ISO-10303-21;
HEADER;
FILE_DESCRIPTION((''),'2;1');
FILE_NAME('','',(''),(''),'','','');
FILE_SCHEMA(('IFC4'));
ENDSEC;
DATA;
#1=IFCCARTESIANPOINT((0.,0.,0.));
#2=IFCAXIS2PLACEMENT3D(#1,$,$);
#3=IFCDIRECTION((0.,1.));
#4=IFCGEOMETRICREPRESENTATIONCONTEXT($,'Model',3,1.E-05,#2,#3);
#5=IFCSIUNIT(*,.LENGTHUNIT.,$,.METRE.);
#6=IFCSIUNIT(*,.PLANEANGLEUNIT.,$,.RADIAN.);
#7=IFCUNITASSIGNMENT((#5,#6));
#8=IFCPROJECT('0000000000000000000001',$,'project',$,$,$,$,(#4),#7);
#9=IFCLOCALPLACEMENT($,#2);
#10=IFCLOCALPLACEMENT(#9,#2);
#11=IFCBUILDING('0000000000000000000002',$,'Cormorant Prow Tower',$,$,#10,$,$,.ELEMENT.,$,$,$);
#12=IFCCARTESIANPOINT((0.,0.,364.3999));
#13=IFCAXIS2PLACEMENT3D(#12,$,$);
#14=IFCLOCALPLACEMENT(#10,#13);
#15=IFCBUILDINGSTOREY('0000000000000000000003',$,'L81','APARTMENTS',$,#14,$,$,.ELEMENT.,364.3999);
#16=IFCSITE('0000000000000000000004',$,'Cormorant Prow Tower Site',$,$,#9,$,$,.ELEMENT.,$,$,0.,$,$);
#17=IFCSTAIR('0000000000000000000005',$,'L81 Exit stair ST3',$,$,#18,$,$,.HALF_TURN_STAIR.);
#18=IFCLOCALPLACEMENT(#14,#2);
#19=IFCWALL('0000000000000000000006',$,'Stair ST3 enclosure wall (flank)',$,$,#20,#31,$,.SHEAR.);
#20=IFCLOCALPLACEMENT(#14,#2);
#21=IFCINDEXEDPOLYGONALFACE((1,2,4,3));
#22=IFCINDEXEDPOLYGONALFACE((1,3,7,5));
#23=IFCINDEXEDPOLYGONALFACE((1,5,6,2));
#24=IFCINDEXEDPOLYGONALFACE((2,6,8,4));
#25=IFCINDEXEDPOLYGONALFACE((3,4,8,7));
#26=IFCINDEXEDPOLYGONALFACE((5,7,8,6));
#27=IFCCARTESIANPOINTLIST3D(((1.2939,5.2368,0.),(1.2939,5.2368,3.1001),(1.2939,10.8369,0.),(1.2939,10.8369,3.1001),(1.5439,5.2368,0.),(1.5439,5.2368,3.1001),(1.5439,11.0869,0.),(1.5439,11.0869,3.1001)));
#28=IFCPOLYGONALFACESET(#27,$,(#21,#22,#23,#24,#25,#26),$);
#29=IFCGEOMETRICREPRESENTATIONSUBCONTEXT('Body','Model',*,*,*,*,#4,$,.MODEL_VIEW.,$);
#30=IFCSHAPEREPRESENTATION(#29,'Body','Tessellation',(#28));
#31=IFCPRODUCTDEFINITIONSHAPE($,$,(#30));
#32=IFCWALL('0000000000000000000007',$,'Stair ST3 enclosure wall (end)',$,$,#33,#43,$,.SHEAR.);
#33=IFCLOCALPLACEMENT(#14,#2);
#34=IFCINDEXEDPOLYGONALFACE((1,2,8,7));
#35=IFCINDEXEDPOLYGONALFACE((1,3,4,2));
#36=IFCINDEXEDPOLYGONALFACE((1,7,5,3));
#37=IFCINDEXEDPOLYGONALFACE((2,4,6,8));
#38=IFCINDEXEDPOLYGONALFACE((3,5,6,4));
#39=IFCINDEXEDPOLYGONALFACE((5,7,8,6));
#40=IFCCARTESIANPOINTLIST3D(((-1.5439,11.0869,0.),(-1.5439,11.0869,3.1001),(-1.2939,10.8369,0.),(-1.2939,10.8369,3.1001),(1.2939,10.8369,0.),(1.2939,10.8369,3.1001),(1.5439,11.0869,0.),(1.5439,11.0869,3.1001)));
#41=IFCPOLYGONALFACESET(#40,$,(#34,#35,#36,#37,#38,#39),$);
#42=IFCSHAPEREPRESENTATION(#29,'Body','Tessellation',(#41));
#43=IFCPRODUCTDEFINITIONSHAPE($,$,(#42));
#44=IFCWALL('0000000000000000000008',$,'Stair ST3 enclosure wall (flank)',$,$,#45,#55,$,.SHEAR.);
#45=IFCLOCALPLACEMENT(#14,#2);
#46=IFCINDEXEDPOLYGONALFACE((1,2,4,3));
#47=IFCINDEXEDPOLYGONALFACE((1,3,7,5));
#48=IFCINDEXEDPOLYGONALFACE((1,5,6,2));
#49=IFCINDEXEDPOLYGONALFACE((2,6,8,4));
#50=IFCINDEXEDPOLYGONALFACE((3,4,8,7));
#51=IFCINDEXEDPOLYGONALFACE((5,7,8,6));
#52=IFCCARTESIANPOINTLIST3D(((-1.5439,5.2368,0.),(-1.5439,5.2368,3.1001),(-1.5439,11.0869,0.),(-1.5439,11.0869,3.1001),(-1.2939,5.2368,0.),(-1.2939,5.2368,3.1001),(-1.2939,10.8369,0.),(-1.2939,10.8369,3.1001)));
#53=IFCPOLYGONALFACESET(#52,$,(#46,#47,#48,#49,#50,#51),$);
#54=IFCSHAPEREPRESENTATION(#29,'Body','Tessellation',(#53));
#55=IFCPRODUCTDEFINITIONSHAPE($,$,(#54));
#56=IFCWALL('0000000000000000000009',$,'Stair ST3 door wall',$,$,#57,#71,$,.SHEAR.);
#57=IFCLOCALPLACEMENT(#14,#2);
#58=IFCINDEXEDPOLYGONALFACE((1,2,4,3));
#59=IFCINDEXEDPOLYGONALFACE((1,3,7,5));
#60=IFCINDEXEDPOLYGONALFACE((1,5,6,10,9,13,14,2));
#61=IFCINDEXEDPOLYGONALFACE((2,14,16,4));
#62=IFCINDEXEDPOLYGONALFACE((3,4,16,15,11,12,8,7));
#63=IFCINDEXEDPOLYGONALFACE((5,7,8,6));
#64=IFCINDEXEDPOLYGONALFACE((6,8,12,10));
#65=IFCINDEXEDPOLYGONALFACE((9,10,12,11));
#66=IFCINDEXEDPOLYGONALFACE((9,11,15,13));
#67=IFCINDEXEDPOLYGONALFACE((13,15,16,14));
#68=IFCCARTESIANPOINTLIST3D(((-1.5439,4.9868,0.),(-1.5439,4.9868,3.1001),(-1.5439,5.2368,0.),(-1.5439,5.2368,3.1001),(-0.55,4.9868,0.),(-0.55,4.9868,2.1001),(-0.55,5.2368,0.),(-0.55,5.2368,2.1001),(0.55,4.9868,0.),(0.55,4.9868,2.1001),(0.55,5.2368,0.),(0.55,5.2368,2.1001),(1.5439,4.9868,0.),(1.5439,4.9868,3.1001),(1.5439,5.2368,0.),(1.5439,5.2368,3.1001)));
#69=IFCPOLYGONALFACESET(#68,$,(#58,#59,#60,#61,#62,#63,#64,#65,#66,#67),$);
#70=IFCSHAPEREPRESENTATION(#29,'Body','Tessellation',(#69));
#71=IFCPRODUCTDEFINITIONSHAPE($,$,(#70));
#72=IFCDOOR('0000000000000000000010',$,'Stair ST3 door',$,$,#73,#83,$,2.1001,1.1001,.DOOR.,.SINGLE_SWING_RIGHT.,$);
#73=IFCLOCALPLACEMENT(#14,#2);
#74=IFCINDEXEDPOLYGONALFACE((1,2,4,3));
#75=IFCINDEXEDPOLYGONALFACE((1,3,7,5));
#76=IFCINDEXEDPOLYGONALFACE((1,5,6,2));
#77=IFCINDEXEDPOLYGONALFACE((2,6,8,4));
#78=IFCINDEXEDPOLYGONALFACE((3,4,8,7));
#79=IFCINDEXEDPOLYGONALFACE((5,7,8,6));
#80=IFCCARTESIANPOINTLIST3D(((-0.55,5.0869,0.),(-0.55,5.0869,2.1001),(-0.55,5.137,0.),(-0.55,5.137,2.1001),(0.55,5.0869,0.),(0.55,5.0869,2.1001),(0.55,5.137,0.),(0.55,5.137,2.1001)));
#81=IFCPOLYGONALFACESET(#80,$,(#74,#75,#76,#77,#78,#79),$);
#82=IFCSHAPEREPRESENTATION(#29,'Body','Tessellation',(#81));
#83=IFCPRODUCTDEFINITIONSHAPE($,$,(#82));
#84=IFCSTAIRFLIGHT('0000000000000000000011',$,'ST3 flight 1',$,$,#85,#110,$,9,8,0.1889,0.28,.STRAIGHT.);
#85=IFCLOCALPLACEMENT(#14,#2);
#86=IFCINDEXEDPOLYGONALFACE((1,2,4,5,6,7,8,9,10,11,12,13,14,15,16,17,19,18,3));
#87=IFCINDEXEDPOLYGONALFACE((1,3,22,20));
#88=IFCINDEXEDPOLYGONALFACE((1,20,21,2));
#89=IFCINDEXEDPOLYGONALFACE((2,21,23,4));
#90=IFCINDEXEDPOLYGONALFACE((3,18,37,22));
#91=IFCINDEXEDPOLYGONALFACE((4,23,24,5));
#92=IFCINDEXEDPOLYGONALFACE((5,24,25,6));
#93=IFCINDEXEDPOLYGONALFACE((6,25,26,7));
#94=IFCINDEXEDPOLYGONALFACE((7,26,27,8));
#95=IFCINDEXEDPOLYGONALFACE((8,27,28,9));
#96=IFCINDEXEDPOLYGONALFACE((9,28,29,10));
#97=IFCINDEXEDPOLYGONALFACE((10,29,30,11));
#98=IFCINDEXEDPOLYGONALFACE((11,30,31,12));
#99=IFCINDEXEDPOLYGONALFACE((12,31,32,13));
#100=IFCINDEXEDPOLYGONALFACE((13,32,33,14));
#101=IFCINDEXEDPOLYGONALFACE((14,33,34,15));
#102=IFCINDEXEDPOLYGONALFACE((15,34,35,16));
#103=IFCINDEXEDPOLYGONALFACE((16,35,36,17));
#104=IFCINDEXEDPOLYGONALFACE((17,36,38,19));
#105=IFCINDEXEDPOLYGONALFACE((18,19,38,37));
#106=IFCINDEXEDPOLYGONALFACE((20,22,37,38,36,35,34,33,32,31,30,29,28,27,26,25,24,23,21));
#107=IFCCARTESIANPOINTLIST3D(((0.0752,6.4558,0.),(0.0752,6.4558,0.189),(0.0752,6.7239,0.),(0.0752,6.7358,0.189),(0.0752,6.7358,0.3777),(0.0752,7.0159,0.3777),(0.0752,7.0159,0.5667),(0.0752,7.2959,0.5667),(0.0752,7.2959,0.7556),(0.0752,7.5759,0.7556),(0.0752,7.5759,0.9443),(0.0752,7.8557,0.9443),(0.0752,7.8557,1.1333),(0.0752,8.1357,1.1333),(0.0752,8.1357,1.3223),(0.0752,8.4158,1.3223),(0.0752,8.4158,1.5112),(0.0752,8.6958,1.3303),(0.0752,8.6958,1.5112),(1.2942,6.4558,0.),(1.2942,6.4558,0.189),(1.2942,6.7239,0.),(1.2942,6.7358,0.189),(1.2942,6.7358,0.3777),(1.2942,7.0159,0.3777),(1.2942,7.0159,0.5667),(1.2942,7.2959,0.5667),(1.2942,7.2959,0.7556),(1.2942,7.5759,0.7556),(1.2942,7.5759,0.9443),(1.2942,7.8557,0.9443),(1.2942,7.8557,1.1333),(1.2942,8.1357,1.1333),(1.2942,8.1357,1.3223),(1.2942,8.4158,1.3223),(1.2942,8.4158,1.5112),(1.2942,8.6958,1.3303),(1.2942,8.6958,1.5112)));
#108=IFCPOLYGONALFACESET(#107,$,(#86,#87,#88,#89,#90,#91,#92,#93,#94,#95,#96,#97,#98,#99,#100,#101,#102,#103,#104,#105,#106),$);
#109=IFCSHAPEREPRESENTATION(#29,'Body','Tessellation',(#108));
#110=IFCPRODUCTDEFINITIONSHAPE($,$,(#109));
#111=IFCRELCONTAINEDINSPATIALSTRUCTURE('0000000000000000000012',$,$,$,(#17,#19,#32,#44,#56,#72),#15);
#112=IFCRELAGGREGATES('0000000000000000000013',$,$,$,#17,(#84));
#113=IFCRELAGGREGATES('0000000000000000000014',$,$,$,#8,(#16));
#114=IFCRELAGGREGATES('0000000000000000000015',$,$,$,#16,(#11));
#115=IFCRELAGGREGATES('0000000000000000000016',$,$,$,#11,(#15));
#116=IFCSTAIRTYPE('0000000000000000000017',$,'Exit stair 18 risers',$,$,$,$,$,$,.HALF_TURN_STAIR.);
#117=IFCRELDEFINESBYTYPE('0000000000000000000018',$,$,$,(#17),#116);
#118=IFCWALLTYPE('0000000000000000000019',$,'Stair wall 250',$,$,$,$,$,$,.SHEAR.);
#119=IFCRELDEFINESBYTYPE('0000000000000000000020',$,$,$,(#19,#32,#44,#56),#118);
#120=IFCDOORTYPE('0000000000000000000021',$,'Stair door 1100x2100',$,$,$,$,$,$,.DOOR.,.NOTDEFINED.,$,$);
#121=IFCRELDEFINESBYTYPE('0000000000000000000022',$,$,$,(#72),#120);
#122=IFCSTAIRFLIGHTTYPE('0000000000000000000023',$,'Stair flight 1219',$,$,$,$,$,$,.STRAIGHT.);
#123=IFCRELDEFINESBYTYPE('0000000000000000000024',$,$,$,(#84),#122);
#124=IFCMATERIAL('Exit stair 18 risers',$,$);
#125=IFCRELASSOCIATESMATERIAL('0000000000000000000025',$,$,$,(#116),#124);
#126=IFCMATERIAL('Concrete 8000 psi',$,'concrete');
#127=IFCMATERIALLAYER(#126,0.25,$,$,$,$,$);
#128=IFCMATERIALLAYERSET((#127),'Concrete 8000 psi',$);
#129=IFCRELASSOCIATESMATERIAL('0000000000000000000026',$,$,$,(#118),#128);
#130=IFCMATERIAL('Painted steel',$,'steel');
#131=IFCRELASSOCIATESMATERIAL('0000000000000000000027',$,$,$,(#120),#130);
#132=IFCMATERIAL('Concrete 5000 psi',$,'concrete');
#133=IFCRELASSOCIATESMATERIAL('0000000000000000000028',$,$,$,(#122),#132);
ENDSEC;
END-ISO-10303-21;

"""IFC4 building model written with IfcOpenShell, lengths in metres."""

from ifc_helpers import new_model, si_unit, direction, frame, frame_2d, origin, place, context, subcontext, project, spatial, polyline, rectangle, outline, extrude, material, layer, layer_set, type_object, element, fill, aggregate, save


model = new_model("IFC4")

# Units and contexts
model_context = context("Model", 3, precision=1e-05, world=origin(), true_north=direction((0.0, 1.0)))
body_context = subcontext(model_context, "Body", "Model", "MODEL_VIEW")
ifc_project = project(units=[si_unit("LENGTHUNIT", "METRE"), si_unit("PLANEANGLEUNIT", "RADIAN")], contexts=[model_context])

# Site, building, storey
site_placement = place(None, origin())
site = spatial("IfcSite", under=ifc_project, at=site_placement, Name="Cormorant Prow Tower Site", CompositionType="ELEMENT", RefElevation=0.0)
building_placement = place(site_placement, origin())
building = spatial("IfcBuilding", under=site, at=building_placement, Name="Cormorant Prow Tower", CompositionType="ELEMENT")
storey_placement = place(building_placement, frame((0.0, 0.0, 364.3999)))
storey = spatial("IfcBuildingStorey", under=building, at=storey_placement, Name="L81", Description="APARTMENTS", CompositionType="ELEMENT", Elevation=364.3999)

# Stair
ifc_material_1 = material(Name="Exit stair 18 risers")
stair_type = type_object("IfcStairType", Name="Exit stair 18 risers", PredefinedType="HALF_TURN_STAIR", material=ifc_material_1)
stair_1_placement = place(storey_placement, origin())
stair_1 = element("IfcStair", 1, at=stair_1_placement, inside=storey, type_object=stair_type, Name="L81 Exit stair ST3", PredefinedType="HALF_TURN_STAIR")

# Walls
ifc_material_2 = material(Name="Concrete 8000 psi", Category="concrete")
ifc_layer_1 = layer(ifc_material_2, 0.25)
ifc_layer_set_1 = layer_set([ifc_layer_1], Name="Concrete 8000 psi")
wall_type_1 = type_object("IfcWallType", Name="Stair wall 250", PredefinedType="SHEAR", material=ifc_layer_set_1)
wall_1_placement = place(storey_placement, origin())
element("IfcWall", 2, at=wall_1_placement, inside=storey, type_object=wall_type_1, Name="Stair ST3 enclosure wall (flank)", PredefinedType="SHEAR", context=body_context, shape_type="SweptSolid", body=[
    extrude(outline(polyline([(1.5439, 5.2368), (1.5439, 11.0869), (1.2939, 10.8369), (1.2939, 5.2368), (1.5439, 5.2368)])), origin(), (0.0, 0.0, 1.0), 3.1001),
])
wall_2_placement = place(storey_placement, origin())
element("IfcWall", 3, at=wall_2_placement, inside=storey, type_object=wall_type_1, Name="Stair ST3 enclosure wall (end)", PredefinedType="SHEAR", context=body_context, shape_type="SweptSolid", body=[
    extrude(outline(polyline([(1.5439, 11.0869), (-1.5439, 11.0869), (-1.2939, 10.8369), (1.2939, 10.8369), (1.5439, 11.0869)])), origin(), (0.0, 0.0, 1.0), 3.1001),
])
wall_3_placement = place(storey_placement, origin())
element("IfcWall", 4, at=wall_3_placement, inside=storey, type_object=wall_type_1, Name="Stair ST3 enclosure wall (flank)", PredefinedType="SHEAR", context=body_context, shape_type="SweptSolid", body=[
    extrude(outline(polyline([(-1.2939, 10.8369), (-1.5439, 11.0869), (-1.5439, 5.2368), (-1.2939, 5.2368), (-1.2939, 10.8369)])), origin(), (0.0, 0.0, 1.0), 3.1001),
])

# Wall, opening, door
wall_4_placement = place(storey_placement, frame((1.5439, 5.1118, 0.0), z_axis=(0.0, 0.0, 1.0), x_axis=(-1.0, 0.0, 0.0)))
wall_4 = element("IfcWall", 5, at=wall_4_placement, inside=storey, type_object=wall_type_1, Name="Stair ST3 door wall", PredefinedType="SHEAR", context=body_context, shape_type="SweptSolid", body=[
    extrude(rectangle(XDim=3.0879, YDim=0.25, at=frame_2d((1.5439, 0.0))), origin(), (0.0, 0.0, 1.0), 3.1001),
])
opening_1_placement = place(wall_4_placement, frame((0.9939, 0.0, 0.0)))
opening_1 = element("IfcOpeningElement", 6, at=opening_1_placement, cuts=wall_4, PredefinedType="OPENING", context=body_context, shape_type="SweptSolid", body=[
    extrude(rectangle(XDim=1.1001, YDim=2.1001, at=frame_2d((0.55, 1.05))), frame((0.0, 0.135, 0.0), z_axis=(0.0, -1.0, 0.0), x_axis=(1.0, 0.0, 0.0)), (0.0, 0.0, 1.0), 0.27),
])
ifc_material_3 = material(Name="Painted steel", Category="steel")
door_type_1 = type_object("IfcDoorType", Name="Stair door 1100x2100", OperationType="NOTDEFINED", PredefinedType="DOOR", material=ifc_material_3)
door_1_placement = place(opening_1_placement, origin())
door_1 = element("IfcDoor", 7, at=door_1_placement, inside=storey, type_object=door_type_1, Name="Stair ST3 door", OperationType="SINGLE_SWING_RIGHT", OverallHeight=2.1001, OverallWidth=1.1001, PredefinedType="DOOR", context=body_context, shape_type="SweptSolid", body=[
    extrude(rectangle(XDim=1.1001, YDim=2.1001, at=frame_2d((0.55, 1.05))), frame((0.0, 0.0249, 0.0), z_axis=(0.0, -1.0, 0.0), x_axis=(1.0, 0.0, 0.0)), (0.0, 0.0, 1.0), 0.05),
])
fill(opening_1, door_1)

# Stair flight
ifc_material_4 = material(Name="Concrete 5000 psi", Category="concrete")
stair_flight_type = type_object("IfcStairFlightType", Name="Stair flight 1219", PredefinedType="STRAIGHT", material=ifc_material_4)
stair_flight_placement = place(storey_placement, frame((0.6846, 6.4558, 0.0), z_axis=(0.0, 0.0, 1.0), x_axis=(0.0, 1.0, 0.0)))
stair_flight = element("IfcStairFlight", 8, at=stair_flight_placement, type_object=stair_flight_type, Name="ST3 flight 1", NumberOfRisers=9, NumberOfTreads=8, PredefinedType="STRAIGHT", RiserHeight=0.1889, TreadLength=0.28, context=body_context, shape_type="SweptSolid", body=[
    extrude(outline(polyline([(0.0, 0.0), (0.0, 0.189), (0.28, 0.189), (0.28, 0.3777), (0.5601, 0.3777), (0.5601, 0.5667), (0.8401, 0.5667), (0.8401, 0.7556), (1.1201, 0.7556), (1.1201, 0.9443), (1.3999, 0.9443), (1.3999, 1.1333), (1.6799, 1.1333), (1.6799, 1.3223), (1.96, 1.3223), (1.96, 1.5112), (2.24, 1.5112), (2.24, 1.7), (2.24, 1.3303), (0.2681, 0.0), (0.0, 0.0)])), frame((0.0, 0.6094, 0.0), z_axis=(0.0, -1.0, 0.0), x_axis=(1.0, 0.0, 0.0)), (0.0, 0.0, 1.0), 1.219),
])
aggregate(stair_1, [stair_flight])

save(model, "model.ifc")
